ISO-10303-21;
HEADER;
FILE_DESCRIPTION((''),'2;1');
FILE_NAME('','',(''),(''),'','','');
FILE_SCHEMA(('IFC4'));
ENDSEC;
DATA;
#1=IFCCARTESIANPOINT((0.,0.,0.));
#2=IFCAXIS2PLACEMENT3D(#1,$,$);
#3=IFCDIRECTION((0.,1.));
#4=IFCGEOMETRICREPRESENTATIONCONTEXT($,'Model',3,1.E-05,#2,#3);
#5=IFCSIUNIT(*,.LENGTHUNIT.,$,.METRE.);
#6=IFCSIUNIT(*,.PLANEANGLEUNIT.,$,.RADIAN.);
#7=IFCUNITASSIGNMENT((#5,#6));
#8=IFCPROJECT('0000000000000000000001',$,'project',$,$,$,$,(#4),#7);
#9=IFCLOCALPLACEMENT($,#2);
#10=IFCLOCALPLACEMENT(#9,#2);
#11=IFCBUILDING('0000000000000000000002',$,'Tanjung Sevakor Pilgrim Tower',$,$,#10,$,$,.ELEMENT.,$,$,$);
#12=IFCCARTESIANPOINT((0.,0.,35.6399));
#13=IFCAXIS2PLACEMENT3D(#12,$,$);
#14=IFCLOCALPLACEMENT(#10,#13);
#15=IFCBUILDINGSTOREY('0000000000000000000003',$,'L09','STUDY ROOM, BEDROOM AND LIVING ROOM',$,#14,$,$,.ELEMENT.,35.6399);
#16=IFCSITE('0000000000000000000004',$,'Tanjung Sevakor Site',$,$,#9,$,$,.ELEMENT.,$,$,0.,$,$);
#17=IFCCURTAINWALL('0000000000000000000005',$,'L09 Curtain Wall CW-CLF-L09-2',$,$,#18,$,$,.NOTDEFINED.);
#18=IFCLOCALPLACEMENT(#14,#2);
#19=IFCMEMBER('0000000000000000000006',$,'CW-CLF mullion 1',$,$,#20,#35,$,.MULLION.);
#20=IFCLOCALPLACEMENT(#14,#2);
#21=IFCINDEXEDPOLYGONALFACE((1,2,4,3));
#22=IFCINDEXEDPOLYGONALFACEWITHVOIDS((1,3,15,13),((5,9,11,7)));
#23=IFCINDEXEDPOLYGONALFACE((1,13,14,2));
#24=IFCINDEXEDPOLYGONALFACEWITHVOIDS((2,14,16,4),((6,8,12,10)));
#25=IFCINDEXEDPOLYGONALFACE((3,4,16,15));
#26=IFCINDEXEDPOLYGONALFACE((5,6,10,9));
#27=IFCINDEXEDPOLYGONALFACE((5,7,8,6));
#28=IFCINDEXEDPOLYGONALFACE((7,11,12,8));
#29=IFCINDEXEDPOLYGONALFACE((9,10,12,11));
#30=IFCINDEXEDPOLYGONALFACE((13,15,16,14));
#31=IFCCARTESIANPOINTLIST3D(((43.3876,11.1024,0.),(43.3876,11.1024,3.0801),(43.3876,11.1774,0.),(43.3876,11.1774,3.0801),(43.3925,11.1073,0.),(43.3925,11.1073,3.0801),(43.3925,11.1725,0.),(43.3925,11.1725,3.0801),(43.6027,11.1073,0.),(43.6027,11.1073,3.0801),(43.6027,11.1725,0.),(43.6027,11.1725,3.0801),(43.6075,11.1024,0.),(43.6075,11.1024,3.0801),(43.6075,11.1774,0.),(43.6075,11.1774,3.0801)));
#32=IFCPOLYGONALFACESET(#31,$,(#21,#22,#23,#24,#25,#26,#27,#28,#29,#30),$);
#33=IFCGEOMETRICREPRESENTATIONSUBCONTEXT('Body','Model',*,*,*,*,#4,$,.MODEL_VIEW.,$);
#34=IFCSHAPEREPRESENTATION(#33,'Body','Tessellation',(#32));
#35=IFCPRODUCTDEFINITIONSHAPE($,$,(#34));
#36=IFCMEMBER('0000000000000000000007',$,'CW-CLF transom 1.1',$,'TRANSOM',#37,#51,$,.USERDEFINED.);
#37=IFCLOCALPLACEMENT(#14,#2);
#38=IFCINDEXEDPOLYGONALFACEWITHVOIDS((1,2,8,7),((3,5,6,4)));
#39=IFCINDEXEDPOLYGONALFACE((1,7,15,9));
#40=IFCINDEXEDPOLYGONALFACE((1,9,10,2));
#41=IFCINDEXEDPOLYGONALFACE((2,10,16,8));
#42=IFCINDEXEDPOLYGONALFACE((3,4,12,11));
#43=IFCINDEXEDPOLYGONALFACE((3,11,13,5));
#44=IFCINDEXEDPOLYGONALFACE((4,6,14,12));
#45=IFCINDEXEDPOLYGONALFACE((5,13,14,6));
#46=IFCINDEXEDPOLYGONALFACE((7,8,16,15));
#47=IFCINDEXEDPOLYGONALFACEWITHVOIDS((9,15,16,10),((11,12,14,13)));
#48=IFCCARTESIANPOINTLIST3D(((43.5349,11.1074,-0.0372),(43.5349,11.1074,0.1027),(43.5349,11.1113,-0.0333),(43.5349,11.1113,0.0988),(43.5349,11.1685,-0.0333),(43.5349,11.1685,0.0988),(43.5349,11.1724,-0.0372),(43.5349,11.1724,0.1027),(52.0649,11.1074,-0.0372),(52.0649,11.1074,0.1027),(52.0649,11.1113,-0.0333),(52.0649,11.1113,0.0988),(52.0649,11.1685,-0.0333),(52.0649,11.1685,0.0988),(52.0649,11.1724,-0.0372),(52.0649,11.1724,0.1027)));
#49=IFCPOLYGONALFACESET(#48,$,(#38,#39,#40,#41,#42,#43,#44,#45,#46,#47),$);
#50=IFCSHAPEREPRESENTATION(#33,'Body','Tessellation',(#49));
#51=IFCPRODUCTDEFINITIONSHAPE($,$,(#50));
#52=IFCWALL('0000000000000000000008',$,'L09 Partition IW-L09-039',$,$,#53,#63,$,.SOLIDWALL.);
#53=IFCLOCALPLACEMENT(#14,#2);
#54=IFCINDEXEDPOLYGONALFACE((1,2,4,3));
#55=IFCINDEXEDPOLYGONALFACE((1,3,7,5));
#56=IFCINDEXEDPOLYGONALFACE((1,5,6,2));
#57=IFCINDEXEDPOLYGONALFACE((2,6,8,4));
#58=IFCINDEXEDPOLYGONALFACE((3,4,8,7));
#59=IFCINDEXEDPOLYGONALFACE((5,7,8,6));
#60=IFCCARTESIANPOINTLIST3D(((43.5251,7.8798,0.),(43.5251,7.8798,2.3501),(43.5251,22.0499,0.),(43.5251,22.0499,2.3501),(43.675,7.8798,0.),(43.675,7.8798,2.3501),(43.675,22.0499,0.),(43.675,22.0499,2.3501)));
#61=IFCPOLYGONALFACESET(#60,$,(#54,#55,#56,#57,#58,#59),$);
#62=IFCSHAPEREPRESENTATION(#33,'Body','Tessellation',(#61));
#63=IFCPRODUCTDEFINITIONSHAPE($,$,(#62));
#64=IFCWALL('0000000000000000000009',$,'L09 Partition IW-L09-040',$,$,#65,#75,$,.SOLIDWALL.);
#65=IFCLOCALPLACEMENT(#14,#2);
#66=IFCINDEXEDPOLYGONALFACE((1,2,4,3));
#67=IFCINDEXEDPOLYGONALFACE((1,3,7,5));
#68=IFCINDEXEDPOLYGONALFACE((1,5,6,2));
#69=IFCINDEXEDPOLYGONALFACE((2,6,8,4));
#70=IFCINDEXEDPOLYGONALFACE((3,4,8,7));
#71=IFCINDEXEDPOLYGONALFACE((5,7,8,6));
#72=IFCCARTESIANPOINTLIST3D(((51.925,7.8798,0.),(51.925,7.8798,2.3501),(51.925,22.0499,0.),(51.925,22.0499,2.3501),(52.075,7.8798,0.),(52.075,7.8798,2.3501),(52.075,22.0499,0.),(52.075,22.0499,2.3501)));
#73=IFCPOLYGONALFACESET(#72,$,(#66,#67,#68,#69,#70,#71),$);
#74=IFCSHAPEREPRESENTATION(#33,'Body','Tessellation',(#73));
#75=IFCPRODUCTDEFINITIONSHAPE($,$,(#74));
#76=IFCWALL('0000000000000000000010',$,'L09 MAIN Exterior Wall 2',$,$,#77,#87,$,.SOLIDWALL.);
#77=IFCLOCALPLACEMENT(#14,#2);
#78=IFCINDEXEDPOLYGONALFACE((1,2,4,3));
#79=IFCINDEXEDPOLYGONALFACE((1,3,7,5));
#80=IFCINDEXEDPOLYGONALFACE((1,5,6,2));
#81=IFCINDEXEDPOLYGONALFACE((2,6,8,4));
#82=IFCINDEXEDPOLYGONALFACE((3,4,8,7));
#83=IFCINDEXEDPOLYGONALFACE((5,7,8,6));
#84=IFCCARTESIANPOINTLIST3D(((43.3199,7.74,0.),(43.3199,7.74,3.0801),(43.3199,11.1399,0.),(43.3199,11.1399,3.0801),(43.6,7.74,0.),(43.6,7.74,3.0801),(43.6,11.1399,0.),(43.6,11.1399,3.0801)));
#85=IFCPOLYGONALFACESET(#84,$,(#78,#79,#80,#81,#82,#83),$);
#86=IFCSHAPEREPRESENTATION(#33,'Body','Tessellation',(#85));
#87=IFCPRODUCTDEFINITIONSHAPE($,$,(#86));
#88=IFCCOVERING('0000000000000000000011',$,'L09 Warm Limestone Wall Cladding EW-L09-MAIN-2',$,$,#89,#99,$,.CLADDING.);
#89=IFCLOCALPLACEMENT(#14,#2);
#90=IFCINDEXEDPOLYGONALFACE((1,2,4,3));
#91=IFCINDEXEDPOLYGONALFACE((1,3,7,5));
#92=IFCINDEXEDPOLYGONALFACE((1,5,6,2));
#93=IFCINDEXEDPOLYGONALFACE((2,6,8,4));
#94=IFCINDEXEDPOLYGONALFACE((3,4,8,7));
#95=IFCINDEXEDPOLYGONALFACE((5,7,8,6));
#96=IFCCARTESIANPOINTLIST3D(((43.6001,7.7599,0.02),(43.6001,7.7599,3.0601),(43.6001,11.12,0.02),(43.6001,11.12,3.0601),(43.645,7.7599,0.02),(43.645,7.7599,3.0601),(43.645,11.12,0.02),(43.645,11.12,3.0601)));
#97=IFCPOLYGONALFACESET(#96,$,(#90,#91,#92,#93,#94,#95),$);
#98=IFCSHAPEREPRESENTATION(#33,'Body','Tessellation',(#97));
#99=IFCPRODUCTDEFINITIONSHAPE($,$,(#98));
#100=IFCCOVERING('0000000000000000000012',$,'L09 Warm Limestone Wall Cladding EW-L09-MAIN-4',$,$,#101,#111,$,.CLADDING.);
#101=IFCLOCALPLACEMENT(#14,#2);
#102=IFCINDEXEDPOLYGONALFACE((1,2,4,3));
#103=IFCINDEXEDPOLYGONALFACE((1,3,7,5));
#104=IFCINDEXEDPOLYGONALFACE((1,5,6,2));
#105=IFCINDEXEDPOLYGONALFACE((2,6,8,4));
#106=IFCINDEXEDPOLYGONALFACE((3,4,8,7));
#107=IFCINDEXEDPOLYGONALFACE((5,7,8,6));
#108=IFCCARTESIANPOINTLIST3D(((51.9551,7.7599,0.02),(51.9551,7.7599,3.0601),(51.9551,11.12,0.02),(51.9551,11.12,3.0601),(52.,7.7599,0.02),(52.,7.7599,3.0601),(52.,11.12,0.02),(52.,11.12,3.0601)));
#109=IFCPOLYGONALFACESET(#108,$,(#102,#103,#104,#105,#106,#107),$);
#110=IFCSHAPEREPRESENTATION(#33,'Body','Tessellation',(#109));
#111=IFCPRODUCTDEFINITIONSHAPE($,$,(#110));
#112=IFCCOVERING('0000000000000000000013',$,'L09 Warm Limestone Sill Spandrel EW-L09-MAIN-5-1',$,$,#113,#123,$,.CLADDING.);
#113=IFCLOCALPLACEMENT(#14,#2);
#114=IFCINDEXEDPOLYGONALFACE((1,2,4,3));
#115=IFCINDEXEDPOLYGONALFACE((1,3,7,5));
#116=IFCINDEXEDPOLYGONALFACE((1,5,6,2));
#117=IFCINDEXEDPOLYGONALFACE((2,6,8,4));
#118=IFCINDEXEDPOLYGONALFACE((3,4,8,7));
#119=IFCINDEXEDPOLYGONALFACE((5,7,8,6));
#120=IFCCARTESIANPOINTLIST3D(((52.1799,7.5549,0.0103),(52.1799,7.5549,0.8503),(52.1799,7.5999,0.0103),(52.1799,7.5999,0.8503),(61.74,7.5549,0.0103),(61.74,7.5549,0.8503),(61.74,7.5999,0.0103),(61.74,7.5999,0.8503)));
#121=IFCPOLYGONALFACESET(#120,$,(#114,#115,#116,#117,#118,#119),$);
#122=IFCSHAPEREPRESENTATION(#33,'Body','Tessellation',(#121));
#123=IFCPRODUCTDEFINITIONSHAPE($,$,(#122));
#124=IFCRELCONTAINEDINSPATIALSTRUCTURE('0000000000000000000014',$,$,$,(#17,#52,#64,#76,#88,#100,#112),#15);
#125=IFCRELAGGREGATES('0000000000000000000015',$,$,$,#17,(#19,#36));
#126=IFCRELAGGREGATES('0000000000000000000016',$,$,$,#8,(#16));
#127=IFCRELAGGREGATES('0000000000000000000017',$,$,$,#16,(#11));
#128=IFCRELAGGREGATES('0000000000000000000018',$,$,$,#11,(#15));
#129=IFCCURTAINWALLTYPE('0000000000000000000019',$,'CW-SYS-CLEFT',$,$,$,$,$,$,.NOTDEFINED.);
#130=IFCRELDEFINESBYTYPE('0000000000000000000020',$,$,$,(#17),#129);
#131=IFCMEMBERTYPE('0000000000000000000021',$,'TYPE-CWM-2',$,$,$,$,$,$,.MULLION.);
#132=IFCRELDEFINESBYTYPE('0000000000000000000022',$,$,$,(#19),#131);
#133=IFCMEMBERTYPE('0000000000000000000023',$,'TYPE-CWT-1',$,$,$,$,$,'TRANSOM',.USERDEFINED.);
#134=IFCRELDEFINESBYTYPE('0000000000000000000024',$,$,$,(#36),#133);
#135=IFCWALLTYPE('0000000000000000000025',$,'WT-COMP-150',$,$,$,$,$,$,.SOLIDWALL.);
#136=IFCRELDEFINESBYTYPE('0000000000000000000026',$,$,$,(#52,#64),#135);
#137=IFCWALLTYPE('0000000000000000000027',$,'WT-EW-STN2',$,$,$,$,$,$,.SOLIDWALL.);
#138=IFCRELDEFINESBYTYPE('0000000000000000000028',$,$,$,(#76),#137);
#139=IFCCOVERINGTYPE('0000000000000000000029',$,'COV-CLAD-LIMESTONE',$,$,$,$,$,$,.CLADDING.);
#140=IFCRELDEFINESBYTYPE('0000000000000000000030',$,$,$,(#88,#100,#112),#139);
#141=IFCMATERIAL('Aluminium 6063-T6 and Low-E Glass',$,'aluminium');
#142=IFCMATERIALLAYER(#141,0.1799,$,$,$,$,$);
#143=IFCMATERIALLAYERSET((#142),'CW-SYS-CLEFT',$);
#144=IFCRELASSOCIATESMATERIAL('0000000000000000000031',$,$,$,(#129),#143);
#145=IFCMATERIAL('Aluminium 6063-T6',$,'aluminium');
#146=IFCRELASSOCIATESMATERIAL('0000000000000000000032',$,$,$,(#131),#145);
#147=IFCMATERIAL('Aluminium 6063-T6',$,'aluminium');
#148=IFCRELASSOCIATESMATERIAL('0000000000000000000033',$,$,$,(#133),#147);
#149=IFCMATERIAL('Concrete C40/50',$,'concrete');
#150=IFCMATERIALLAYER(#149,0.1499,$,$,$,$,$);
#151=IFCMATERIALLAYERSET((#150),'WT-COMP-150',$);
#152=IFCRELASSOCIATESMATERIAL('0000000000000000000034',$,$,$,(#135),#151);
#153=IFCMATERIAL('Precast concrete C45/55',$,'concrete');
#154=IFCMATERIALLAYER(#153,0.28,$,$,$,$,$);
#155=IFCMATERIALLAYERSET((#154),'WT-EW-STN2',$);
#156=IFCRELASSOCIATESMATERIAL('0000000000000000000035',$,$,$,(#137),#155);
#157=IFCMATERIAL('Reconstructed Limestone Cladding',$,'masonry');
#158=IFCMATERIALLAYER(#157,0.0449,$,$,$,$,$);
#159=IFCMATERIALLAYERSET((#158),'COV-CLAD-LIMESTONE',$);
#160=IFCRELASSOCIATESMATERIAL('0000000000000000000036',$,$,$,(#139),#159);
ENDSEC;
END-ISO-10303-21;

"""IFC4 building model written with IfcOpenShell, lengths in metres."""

from ifc_helpers import new_model, si_unit, direction, frame, frame_2d, origin, origin_2d, place, context, subcontext, project, spatial, rectangle, hollow_rectangle, extrude, material, layer, layer_set, material_profile, profile_set, type_object, element, aggregate, save


model = new_model("IFC4")

# Units and contexts
model_context = context("Model", 3, precision=1e-05, world=origin(), true_north=direction((0.0, 1.0)))
body_context = subcontext(model_context, "Body", "Model", "MODEL_VIEW")
ifc_project = project(units=[si_unit("LENGTHUNIT", "METRE"), si_unit("PLANEANGLEUNIT", "RADIAN")], contexts=[model_context])

# Site, building, storey
site_placement = place(None, origin())
site = spatial("IfcSite", under=ifc_project, at=site_placement, Name="Tanjung Sevakor Site", CompositionType="ELEMENT", RefElevation=0.0)
building_placement = place(site_placement, origin())
building = spatial("IfcBuilding", under=site, at=building_placement, Name="Tanjung Sevakor Pilgrim Tower", CompositionType="ELEMENT")
storey_placement = place(building_placement, frame((0.0, 0.0, 35.6399)))
storey = spatial("IfcBuildingStorey", under=building, at=storey_placement, Name="L09", Description="STUDY ROOM, BEDROOM AND LIVING ROOM", CompositionType="ELEMENT", Elevation=35.6399)

# Curtain wall, members
ifc_material_1 = material(Name="Aluminium 6063-T6 and Low-E Glass", Category="aluminium")
ifc_layer_1 = layer(ifc_material_1, 0.1799)
ifc_layer_set_1 = layer_set([ifc_layer_1], Name="CW-SYS-CLEFT")
curtain_wall_type = type_object("IfcCurtainWallType", Name="CW-SYS-CLEFT", PredefinedType="NOTDEFINED", material=ifc_layer_set_1)
curtain_wall_placement = place(storey_placement, origin())
curtain_wall = element("IfcCurtainWall", 1, at=curtain_wall_placement, inside=storey, type_object=curtain_wall_type, Name="L09 Curtain Wall CW-CLF-L09-2", PredefinedType="NOTDEFINED")
ifc_material_2 = material(Name="Aluminium 6063-T6", Category="aluminium")
ifc_material_profile_1 = material_profile(ifc_material_2, hollow_rectangle(XDim=0.075, YDim=0.22, WallThickness=0.0049, at=origin_2d()))
ifc_profile_set_1 = profile_set([ifc_material_profile_1], Name="Aluminium 6063-T6")
member_type_1 = type_object("IfcMemberType", Name="TYPE-CWM-2", PredefinedType="MULLION", material=ifc_profile_set_1)
member_1_placement = place(storey_placement, frame((43.4976, 11.1399, 0.0), z_axis=(0.0, 0.0, 1.0), x_axis=(0.0, 1.0, 0.0)))
member_1 = element("IfcMember", 2, at=member_1_placement, type_object=member_type_1, Name="CW-CLF mullion 1", PredefinedType="MULLION", context=body_context, shape_type="SweptSolid", body=[
    extrude(hollow_rectangle(XDim=0.075, YDim=0.22, WallThickness=0.0049, at=origin_2d()), origin(), (0.0, 0.0, 1.0), 3.0801),
])
ifc_material_3 = material(Name="Aluminium 6063-T6", Category="aluminium")
ifc_material_profile_2 = material_profile(ifc_material_3, hollow_rectangle(XDim=0.0649, YDim=0.1399, WallThickness=0.0039, at=origin_2d()))
ifc_profile_set_2 = profile_set([ifc_material_profile_2], Name="Aluminium 6063-T6")
member_type_2 = type_object("IfcMemberType", Name="TYPE-CWT-1", ElementType="TRANSOM", PredefinedType="USERDEFINED", material=ifc_profile_set_2)
member_2_placement = place(storey_placement, frame((43.5349, 11.1399, 0.0327), z_axis=(1.0, 0.0, 0.0), x_axis=(0.0, 1.0, 0.0)))
member_2 = element("IfcMember", 3, at=member_2_placement, type_object=member_type_2, Name="CW-CLF transom 1.1", ObjectType="TRANSOM", PredefinedType="USERDEFINED", context=body_context, shape_type="SweptSolid", body=[
    extrude(hollow_rectangle(XDim=0.0649, YDim=0.1399, WallThickness=0.0039, at=origin_2d()), origin(), (0.0, 0.0, 1.0), 8.53),
])
aggregate(curtain_wall, [member_1, member_2])

# Walls
ifc_material_4 = material(Name="Concrete C40/50", Category="concrete")
ifc_layer_2 = layer(ifc_material_4, 0.1499)
ifc_layer_set_2 = layer_set([ifc_layer_2], Name="WT-COMP-150")
wall_type_1 = type_object("IfcWallType", Name="WT-COMP-150", PredefinedType="SOLIDWALL", material=ifc_layer_set_2)
for number, where, z_axis, x_axis, name in (
    (4, (43.6001, 7.8799, 0.0), (0.0, 0.0, 1.0), (0.0, 1.0, 0.0), "L09 Partition IW-L09-039"),
    (5, (52.0, 7.8799, 0.0), (0.0, 0.0, 1.0), (0.0, 1.0, 0.0), "L09 Partition IW-L09-040"),
):
    element("IfcWall", number, at=place(storey_placement, frame(where, z_axis=z_axis, x_axis=x_axis)), inside=storey, type_object=wall_type_1, Name=name, PredefinedType="SOLIDWALL", context=body_context, shape_type="SweptSolid", body=[
        extrude(rectangle(XDim=14.1702, YDim=0.1499, at=frame_2d((7.085, 0.0))), origin(), (0.0, 0.0, 1.0), 2.3501),
    ])
ifc_material_5 = material(Name="Precast concrete C45/55", Category="concrete")
ifc_layer_3 = layer(ifc_material_5, 0.28)
ifc_layer_set_3 = layer_set([ifc_layer_3], Name="WT-EW-STN2")
wall_type_2 = type_object("IfcWallType", Name="WT-EW-STN2", PredefinedType="SOLIDWALL", material=ifc_layer_set_3)
wall_1_placement = place(storey_placement, frame((43.46, 7.74, 0.0), z_axis=(0.0, 0.0, 1.0), x_axis=(0.0, 1.0, 0.0)))
element("IfcWall", 6, at=wall_1_placement, inside=storey, type_object=wall_type_2, Name="L09 MAIN Exterior Wall 2", PredefinedType="SOLIDWALL", context=body_context, shape_type="SweptSolid", body=[
    extrude(rectangle(XDim=3.3999, YDim=0.28, at=frame_2d((1.7, 0.0))), origin(), (0.0, 0.0, 1.0), 3.0801),
])

# Coverings
ifc_material_6 = material(Name="Reconstructed Limestone Cladding", Category="masonry")
ifc_layer_4 = layer(ifc_material_6, 0.0449)
ifc_layer_set_4 = layer_set([ifc_layer_4], Name="COV-CLAD-LIMESTONE")
covering_type = type_object("IfcCoveringType", Name="COV-CLAD-LIMESTONE", PredefinedType="CLADDING", material=ifc_layer_set_4)
for number, where, z_axis, x_axis, name in (
    (7, (43.6226, 9.4399, 0.02), (0.0, 0.0, 1.0), (0.0, 1.0, 0.0), "L09 Warm Limestone Wall Cladding EW-L09-MAIN-2"),
    (8, (51.9775, 9.4399, 0.02), (0.0, 0.0, 1.0), (0.0, -1.0, 0.0), "L09 Warm Limestone Wall Cladding EW-L09-MAIN-4"),
):
    element("IfcCovering", number, at=place(storey_placement, frame(where, z_axis=z_axis, x_axis=x_axis)), inside=storey, type_object=covering_type, Name=name, PredefinedType="CLADDING", context=body_context, shape_type="SweptSolid", body=[
        extrude(rectangle(XDim=3.3601, YDim=0.0449, at=origin_2d()), origin(), (0.0, 0.0, 1.0), 3.04),
    ])
covering_placement = place(storey_placement, frame((56.96, 7.5774, 0.0103), z_axis=(0.0, 0.0, 1.0), x_axis=(1.0, 0.0, 0.0)))
element("IfcCovering", 9, at=covering_placement, inside=storey, type_object=covering_type, Name="L09 Warm Limestone Sill Spandrel EW-L09-MAIN-5-1", PredefinedType="CLADDING", context=body_context, shape_type="SweptSolid", body=[
    extrude(rectangle(XDim=9.5601, YDim=0.0449, at=origin_2d()), origin(), (0.0, 0.0, 1.0), 0.8401),
])

save(model, "model.ifc")
